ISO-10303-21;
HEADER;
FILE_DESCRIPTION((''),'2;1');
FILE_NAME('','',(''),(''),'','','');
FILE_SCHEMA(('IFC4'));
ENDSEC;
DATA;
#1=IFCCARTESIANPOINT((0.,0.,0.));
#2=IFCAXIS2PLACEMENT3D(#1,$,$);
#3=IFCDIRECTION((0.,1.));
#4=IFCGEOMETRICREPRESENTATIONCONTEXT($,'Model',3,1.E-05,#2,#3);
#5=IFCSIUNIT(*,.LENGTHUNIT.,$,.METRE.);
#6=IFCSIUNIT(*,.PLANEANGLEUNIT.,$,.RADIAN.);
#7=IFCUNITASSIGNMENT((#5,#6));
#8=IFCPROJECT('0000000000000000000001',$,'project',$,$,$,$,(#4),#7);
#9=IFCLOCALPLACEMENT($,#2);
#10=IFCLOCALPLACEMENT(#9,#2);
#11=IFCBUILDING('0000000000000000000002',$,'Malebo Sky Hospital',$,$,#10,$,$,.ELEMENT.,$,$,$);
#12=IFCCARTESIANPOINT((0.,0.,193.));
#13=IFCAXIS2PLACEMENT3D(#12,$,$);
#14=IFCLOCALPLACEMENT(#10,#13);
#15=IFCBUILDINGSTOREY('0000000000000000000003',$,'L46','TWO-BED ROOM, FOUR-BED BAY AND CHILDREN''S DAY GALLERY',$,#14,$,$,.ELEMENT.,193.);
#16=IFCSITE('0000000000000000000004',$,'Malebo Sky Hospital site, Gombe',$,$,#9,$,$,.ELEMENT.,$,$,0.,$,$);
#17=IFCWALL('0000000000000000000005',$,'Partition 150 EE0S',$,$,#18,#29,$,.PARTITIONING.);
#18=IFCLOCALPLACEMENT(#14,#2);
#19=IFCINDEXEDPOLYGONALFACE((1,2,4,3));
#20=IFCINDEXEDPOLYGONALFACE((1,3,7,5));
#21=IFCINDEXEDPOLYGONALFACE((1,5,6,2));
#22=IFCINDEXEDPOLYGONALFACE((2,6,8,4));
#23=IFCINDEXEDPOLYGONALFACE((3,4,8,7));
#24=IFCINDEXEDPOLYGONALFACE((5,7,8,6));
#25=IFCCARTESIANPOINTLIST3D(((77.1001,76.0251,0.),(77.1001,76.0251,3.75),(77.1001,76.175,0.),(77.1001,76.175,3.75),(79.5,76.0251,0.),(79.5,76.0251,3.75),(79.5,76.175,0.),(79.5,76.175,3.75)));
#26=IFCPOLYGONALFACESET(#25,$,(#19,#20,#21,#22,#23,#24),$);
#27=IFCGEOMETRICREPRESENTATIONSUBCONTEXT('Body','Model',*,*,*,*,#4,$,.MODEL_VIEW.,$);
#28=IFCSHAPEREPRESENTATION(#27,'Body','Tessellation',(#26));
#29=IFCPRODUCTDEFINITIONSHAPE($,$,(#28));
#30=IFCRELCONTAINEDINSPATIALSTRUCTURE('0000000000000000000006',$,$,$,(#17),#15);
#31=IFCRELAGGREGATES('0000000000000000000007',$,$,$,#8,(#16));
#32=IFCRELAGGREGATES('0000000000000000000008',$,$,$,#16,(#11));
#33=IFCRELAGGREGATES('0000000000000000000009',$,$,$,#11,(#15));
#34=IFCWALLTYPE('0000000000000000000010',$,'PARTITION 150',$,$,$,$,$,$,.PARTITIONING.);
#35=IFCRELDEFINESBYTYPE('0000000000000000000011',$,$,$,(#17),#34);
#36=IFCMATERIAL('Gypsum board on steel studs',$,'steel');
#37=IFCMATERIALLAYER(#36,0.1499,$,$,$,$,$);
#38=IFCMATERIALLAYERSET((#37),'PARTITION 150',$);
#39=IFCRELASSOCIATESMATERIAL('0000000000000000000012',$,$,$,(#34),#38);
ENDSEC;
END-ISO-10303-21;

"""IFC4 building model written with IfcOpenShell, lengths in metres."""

from ifc_helpers import new_model, si_unit, direction, frame, frame_2d, origin, place, context, subcontext, project, spatial, rectangle, extrude, material, layer, layer_set, type_object, element, save


model = new_model("IFC4")

# Units and contexts
model_context = context("Model", 3, precision=1e-05, world=origin(), true_north=direction((0.0, 1.0)))
body_context = subcontext(model_context, "Body", "Model", "MODEL_VIEW")
ifc_project = project(units=[si_unit("LENGTHUNIT", "METRE"), si_unit("PLANEANGLEUNIT", "RADIAN")], contexts=[model_context])

# Site, building, storey
site_placement = place(None, origin())
site = spatial("IfcSite", under=ifc_project, at=site_placement, Name="Malebo Sky Hospital site, Gombe", CompositionType="ELEMENT", RefElevation=0.0)
building_placement = place(site_placement, origin())
building = spatial("IfcBuilding", under=site, at=building_placement, Name="Malebo Sky Hospital", CompositionType="ELEMENT")
storey_placement = place(building_placement, frame((0.0, 0.0, 193.0)))
storey = spatial("IfcBuildingStorey", under=building, at=storey_placement, Name="L46", Description="TWO-BED ROOM, FOUR-BED BAY AND CHILDREN'S DAY GALLERY", CompositionType="ELEMENT", Elevation=193.0)

# Shared definitions
ifc_material_1 = material(Name="Gypsum board on steel studs", Category="steel")

# Shared definitions
ifc_layer_1 = layer(ifc_material_1, 0.1499)
ifc_layer_set_1 = layer_set([ifc_layer_1], Name="PARTITION 150")
wall_type_1 = type_object("IfcWallType", Name="PARTITION 150", PredefinedType="PARTITIONING", material=ifc_layer_set_1)

# Wall
wall_1_placement = place(storey_placement, frame((77.1001, 76.1001, 0.0), z_axis=(0.0, 0.0, 1.0), x_axis=(1.0, 0.0, 0.0)))
element("IfcWall", 1, at=wall_1_placement, inside=storey, type_object=wall_type_1, Name="Partition 150 EE0S", PredefinedType="PARTITIONING", context=body_context, shape_type="SweptSolid", body=[
    extrude(rectangle(XDim=2.3999, YDim=0.1499, at=frame_2d((1.2, 0.0))), origin(), (0.0, 0.0, 1.0), 3.75),
])

save(model, "model.ifc")
